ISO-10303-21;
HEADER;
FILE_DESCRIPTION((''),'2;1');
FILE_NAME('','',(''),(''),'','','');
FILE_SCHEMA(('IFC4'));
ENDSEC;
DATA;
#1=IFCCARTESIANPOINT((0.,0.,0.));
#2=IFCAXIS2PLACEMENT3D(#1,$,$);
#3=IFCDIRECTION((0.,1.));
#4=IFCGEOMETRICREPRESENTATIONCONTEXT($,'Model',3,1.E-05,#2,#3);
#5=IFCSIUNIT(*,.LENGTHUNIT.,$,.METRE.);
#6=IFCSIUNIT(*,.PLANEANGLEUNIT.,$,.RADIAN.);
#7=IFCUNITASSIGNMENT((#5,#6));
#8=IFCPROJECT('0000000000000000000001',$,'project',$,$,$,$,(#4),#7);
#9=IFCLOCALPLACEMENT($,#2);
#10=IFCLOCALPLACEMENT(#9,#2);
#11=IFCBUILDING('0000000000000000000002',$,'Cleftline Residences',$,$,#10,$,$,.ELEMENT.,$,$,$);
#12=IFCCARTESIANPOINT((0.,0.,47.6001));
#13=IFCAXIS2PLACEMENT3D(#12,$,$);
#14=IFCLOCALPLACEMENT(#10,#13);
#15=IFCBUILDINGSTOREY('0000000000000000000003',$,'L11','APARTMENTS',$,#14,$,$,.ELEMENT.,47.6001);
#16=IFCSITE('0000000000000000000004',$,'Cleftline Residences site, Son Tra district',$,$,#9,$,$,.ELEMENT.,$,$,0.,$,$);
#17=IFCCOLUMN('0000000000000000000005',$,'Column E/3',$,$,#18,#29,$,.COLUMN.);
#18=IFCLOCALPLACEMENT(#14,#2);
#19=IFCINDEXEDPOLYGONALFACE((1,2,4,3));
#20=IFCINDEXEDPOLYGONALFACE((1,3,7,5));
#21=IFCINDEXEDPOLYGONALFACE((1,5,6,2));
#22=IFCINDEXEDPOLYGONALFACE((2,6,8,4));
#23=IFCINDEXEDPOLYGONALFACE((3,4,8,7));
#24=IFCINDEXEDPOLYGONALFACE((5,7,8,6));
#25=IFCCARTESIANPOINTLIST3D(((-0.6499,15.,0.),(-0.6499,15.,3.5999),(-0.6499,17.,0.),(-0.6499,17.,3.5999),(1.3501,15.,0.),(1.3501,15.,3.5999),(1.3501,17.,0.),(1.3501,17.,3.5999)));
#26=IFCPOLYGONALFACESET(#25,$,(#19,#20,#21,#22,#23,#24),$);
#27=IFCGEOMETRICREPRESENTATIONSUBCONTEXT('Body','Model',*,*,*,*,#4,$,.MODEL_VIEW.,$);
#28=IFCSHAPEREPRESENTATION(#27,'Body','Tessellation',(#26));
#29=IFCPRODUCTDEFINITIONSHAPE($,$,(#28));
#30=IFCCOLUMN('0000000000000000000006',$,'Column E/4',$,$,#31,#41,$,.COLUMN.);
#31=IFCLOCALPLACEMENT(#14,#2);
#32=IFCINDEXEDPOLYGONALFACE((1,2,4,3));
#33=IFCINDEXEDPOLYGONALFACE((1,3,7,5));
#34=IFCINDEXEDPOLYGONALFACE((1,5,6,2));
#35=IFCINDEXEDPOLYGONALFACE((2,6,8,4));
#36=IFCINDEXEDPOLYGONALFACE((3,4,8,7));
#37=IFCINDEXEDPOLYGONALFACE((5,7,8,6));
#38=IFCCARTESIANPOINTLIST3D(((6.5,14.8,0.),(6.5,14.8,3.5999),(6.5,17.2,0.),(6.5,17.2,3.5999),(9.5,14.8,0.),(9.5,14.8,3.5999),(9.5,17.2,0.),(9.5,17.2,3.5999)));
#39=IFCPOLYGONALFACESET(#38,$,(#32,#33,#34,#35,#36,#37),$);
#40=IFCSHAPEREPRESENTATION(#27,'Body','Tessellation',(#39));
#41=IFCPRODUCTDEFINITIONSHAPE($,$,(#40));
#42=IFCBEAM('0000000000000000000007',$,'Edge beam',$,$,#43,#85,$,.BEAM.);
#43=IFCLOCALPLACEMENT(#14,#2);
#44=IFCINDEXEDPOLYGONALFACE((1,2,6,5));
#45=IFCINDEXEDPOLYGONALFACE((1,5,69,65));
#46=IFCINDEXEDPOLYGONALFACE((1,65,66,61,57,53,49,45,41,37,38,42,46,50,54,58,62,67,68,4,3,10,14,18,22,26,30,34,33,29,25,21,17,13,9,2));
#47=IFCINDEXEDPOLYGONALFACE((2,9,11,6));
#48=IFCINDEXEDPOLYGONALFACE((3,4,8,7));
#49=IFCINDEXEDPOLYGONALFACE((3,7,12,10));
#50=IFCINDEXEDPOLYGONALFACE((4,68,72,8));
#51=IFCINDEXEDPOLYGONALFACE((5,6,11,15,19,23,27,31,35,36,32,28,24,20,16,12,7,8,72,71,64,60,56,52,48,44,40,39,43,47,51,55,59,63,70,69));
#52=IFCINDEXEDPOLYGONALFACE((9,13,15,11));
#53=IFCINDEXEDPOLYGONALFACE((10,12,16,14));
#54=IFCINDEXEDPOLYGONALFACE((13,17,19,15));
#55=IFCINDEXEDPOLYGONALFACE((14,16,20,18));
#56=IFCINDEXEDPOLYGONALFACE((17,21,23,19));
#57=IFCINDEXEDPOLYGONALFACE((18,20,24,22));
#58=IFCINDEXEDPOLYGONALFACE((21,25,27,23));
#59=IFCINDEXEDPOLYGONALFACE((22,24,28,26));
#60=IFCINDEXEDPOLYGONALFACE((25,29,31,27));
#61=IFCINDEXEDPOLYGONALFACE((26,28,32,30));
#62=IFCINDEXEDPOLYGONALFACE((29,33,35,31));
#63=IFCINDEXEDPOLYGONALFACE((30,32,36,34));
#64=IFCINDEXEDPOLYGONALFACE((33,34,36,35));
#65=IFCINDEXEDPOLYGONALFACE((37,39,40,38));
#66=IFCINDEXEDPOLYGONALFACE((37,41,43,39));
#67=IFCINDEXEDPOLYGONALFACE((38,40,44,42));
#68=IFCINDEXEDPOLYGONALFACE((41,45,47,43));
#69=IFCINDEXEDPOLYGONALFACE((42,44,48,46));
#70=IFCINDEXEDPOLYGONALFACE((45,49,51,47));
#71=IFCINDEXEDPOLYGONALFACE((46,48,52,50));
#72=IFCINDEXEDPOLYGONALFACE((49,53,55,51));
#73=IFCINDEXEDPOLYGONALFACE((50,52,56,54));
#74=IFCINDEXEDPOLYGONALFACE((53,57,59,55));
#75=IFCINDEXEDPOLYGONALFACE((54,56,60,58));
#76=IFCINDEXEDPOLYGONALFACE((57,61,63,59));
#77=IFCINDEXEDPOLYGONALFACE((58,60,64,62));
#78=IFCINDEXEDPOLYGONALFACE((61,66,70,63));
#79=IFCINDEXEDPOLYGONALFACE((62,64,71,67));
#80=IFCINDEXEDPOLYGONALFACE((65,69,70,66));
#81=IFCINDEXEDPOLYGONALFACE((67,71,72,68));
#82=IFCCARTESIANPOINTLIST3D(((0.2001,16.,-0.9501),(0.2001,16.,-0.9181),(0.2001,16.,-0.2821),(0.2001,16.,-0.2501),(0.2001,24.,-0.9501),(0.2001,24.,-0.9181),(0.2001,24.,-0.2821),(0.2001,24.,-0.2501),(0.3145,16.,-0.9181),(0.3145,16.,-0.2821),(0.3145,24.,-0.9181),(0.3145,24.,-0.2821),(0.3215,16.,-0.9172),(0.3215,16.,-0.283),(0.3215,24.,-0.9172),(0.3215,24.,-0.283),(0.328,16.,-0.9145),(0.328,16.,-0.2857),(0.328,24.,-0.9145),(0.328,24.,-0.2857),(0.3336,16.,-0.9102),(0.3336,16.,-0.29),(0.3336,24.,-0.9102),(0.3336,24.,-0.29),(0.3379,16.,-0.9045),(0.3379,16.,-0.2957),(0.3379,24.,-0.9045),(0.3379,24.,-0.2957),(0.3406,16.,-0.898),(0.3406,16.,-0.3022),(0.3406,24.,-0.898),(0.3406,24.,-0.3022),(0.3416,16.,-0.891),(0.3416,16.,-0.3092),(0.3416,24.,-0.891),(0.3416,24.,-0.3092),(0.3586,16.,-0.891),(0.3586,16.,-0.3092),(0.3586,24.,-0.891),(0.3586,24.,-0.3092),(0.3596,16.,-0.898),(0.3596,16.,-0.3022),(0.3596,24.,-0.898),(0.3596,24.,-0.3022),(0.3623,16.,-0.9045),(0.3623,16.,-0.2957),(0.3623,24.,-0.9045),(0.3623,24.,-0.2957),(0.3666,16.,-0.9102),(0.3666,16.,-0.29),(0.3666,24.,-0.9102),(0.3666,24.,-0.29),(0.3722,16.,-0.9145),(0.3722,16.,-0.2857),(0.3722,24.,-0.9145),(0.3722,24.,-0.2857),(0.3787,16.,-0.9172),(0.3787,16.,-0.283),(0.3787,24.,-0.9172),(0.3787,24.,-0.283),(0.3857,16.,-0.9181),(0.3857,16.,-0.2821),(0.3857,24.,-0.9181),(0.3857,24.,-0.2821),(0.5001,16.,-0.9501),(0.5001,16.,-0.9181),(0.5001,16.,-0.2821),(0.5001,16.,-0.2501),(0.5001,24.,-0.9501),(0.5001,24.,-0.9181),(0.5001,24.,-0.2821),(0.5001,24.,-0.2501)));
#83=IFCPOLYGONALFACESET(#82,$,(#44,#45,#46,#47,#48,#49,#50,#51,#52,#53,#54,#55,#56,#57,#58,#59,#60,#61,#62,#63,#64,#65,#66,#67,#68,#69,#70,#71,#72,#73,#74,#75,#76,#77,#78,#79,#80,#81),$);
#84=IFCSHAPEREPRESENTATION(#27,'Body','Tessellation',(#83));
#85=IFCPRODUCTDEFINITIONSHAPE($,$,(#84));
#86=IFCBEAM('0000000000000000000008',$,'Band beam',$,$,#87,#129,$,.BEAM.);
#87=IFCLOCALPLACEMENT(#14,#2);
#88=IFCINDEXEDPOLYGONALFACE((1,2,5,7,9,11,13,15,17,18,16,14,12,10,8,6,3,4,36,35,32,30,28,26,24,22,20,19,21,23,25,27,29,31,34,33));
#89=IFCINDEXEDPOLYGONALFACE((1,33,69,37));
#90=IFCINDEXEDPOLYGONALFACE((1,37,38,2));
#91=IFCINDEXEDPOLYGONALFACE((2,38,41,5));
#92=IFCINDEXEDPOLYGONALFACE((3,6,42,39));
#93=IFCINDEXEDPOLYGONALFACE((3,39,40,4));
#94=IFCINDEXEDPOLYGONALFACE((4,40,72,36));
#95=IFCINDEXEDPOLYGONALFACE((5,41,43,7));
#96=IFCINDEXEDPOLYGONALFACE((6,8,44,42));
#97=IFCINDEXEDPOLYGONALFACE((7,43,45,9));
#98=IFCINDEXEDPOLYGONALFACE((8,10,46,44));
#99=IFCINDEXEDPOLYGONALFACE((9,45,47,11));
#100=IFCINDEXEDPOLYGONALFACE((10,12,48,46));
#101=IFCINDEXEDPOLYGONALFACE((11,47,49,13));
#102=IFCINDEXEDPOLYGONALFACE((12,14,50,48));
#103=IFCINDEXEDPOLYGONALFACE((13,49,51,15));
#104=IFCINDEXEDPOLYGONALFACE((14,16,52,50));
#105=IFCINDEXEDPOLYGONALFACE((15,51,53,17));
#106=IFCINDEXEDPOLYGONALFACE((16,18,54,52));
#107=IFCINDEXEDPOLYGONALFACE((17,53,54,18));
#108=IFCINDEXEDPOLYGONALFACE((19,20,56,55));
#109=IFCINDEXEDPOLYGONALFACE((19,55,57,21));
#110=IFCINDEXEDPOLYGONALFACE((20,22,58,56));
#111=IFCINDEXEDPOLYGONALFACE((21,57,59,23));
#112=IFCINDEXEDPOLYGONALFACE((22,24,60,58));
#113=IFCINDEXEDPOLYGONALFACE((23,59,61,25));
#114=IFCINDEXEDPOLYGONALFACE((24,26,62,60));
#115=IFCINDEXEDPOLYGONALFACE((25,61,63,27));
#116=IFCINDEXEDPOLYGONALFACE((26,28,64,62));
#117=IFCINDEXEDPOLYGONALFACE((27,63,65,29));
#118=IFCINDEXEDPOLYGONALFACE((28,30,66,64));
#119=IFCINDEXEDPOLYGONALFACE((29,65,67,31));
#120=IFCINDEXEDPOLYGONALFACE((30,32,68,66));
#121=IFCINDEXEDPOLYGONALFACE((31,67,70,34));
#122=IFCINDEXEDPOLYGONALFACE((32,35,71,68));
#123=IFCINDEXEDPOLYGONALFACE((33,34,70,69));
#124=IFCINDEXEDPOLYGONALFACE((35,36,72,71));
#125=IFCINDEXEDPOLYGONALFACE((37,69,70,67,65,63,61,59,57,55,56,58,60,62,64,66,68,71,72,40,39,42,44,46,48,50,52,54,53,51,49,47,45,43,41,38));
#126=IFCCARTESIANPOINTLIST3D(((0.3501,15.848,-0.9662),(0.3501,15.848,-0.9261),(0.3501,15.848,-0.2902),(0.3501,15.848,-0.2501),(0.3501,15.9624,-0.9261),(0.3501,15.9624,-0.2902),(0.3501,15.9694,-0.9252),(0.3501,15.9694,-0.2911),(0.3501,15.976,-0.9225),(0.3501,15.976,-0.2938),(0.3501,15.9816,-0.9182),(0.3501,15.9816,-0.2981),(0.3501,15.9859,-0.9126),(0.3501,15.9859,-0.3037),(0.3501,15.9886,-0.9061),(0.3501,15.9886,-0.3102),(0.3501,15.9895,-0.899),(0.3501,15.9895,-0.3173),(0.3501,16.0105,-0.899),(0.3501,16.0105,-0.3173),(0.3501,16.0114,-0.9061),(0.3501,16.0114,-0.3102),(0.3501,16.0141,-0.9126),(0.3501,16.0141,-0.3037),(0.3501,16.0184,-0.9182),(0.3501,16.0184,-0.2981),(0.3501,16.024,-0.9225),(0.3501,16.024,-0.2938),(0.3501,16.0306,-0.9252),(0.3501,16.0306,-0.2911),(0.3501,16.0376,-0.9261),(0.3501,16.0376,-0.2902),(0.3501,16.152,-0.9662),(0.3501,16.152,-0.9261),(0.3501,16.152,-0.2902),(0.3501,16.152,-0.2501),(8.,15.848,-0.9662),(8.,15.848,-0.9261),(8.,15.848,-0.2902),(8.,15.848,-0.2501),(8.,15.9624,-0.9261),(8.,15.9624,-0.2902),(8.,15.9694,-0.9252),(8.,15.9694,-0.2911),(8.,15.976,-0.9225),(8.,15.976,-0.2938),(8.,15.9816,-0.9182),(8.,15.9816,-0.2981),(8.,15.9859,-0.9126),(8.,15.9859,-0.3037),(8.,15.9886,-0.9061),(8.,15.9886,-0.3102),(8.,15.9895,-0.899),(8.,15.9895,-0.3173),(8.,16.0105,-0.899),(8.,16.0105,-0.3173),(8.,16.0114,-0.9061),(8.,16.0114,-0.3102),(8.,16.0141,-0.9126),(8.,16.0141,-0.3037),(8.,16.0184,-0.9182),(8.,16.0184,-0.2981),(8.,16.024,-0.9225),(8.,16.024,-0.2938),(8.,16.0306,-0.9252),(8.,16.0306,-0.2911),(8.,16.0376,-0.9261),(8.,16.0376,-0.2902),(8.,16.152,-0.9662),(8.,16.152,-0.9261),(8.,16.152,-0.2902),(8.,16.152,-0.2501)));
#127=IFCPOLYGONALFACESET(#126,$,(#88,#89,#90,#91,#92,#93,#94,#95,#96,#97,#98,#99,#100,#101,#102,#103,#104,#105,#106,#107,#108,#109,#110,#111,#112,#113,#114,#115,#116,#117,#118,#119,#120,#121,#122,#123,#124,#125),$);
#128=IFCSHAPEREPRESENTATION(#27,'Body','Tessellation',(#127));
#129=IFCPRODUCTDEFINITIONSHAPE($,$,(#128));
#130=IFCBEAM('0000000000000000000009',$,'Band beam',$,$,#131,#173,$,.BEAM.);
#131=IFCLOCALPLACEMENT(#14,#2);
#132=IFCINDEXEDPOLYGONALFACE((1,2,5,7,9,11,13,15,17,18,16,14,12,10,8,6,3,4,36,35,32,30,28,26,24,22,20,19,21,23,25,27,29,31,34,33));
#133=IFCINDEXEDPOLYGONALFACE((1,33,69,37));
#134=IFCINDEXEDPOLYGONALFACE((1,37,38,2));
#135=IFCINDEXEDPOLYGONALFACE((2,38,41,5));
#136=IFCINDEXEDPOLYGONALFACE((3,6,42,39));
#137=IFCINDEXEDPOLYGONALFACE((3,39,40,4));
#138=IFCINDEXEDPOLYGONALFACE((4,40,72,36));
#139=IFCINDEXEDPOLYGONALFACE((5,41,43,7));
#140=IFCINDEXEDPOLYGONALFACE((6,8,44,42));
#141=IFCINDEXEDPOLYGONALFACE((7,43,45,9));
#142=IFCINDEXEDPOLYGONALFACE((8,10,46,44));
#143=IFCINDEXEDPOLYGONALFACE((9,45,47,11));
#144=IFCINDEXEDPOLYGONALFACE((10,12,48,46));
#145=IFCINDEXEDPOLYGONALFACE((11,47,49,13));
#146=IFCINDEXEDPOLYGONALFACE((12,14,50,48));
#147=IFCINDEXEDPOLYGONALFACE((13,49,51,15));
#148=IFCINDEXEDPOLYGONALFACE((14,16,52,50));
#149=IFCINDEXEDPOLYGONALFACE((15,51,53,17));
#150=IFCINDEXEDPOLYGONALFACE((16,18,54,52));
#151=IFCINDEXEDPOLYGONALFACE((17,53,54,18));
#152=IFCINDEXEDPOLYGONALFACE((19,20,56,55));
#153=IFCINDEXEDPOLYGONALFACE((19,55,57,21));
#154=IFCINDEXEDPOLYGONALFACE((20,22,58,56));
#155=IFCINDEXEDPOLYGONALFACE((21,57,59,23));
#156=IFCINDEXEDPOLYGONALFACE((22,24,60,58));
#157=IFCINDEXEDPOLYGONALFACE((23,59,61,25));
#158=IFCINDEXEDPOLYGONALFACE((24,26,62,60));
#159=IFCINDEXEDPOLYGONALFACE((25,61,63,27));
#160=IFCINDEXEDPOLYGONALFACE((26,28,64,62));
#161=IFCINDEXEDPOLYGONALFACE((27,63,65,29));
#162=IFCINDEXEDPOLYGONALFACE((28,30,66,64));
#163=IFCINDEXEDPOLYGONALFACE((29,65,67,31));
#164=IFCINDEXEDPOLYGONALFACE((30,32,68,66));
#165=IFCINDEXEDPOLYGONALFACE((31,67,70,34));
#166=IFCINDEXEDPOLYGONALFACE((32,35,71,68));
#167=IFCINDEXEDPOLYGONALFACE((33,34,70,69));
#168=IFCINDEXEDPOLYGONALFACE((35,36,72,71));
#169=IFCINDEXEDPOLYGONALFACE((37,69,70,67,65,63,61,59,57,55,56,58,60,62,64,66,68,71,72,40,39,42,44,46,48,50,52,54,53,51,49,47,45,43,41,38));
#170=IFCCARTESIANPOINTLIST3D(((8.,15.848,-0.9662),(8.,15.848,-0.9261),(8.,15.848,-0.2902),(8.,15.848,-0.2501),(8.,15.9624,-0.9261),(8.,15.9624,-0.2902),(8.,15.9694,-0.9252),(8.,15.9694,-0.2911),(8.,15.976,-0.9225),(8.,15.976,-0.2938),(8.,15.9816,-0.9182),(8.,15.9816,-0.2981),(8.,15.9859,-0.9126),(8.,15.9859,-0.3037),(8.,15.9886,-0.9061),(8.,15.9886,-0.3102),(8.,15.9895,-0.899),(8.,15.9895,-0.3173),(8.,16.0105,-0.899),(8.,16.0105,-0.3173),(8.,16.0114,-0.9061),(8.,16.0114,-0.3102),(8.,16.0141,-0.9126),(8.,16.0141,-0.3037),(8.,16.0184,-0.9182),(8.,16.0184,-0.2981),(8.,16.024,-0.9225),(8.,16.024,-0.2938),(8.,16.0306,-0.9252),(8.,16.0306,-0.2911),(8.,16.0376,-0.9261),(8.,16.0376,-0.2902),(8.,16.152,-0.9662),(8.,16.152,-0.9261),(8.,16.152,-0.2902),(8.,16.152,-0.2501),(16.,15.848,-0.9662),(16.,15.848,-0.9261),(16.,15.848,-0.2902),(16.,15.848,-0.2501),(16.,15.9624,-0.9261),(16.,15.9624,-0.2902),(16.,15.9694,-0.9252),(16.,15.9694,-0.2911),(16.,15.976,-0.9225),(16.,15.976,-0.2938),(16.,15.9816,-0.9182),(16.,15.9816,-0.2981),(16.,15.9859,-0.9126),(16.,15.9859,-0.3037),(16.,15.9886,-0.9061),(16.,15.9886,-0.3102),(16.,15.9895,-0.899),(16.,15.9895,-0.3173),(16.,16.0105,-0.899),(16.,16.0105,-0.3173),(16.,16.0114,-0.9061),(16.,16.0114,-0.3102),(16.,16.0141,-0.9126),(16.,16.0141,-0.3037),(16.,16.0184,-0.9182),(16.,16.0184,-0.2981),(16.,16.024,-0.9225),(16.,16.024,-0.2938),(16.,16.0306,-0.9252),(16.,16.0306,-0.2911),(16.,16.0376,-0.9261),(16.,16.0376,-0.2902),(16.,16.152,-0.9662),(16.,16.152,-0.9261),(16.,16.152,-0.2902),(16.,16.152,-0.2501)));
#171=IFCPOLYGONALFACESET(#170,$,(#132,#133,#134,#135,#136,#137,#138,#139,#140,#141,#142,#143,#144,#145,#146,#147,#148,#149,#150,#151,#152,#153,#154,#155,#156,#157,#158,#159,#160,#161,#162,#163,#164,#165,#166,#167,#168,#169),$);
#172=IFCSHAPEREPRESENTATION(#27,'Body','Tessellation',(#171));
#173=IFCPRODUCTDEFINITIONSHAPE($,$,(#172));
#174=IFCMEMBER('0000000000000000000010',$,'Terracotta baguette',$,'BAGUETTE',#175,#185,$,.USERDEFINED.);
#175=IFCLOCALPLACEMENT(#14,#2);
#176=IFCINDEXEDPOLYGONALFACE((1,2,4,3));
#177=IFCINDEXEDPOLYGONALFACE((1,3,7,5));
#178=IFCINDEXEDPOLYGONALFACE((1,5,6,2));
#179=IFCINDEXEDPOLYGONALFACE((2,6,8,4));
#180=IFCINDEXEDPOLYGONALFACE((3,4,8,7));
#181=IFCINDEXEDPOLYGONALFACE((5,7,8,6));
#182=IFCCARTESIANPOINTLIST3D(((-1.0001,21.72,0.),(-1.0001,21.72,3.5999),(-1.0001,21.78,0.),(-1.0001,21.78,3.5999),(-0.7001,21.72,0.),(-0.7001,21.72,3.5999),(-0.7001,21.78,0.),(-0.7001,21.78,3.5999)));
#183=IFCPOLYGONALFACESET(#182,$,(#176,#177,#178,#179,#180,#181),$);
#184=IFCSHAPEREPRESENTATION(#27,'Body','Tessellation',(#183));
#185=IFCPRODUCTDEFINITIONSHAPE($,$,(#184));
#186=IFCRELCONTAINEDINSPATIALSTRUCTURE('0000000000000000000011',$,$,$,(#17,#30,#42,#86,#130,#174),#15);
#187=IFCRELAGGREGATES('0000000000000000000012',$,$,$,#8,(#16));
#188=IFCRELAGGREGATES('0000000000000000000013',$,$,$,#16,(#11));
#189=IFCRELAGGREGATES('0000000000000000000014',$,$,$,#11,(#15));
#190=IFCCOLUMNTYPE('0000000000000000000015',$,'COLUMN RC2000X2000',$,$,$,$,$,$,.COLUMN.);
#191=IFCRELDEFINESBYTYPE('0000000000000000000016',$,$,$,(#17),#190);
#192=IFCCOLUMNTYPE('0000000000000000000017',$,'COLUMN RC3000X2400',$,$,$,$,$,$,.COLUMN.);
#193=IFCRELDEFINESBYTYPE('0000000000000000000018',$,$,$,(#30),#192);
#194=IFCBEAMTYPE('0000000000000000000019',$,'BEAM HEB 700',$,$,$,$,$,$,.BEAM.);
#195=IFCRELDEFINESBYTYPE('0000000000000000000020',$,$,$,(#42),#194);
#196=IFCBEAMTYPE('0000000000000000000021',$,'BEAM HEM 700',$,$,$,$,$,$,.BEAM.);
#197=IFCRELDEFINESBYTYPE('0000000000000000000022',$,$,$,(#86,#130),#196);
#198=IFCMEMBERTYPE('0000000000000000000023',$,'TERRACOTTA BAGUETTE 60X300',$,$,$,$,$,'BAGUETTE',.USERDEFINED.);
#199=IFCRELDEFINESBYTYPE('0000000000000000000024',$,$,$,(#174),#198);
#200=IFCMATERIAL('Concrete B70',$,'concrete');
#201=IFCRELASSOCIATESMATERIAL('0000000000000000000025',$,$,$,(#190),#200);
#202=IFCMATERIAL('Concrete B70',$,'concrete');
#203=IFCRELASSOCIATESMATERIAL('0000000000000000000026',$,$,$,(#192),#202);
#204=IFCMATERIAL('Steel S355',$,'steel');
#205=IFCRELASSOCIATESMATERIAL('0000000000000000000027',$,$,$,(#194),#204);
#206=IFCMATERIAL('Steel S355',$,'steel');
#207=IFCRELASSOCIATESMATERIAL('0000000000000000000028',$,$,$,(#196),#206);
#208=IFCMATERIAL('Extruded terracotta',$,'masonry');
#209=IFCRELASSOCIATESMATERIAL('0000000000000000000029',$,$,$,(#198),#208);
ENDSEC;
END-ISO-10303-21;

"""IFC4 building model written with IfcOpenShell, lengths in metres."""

from ifc_helpers import new_model, si_unit, direction, frame, origin, origin_2d, place, context, subcontext, project, spatial, rectangle, i_section, extrude, material, material_profile, profile_set, type_object, element, save


model = new_model("IFC4")

# Units and contexts
model_context = context("Model", 3, precision=1e-05, world=origin(), true_north=direction((0.0, 1.0)))
body_context = subcontext(model_context, "Body", "Model", "MODEL_VIEW")
ifc_project = project(units=[si_unit("LENGTHUNIT", "METRE"), si_unit("PLANEANGLEUNIT", "RADIAN")], contexts=[model_context])

# Site, building, storey
site_placement = place(None, origin())
site = spatial("IfcSite", under=ifc_project, at=site_placement, Name="Cleftline Residences site, Son Tra district", CompositionType="ELEMENT", RefElevation=0.0)
building_placement = place(site_placement, origin())
building = spatial("IfcBuilding", under=site, at=building_placement, Name="Cleftline Residences", CompositionType="ELEMENT")
storey_placement = place(building_placement, frame((0.0, 0.0, 47.6001)))
storey = spatial("IfcBuildingStorey", under=building, at=storey_placement, Name="L11", Description="APARTMENTS", CompositionType="ELEMENT", Elevation=47.6001)

# Columns
ifc_material_1 = material(Name="Concrete B70", Category="concrete")
ifc_material_profile_1 = material_profile(ifc_material_1, rectangle(XDim=2.0, YDim=2.0, at=origin_2d()))
ifc_profile_set_1 = profile_set([ifc_material_profile_1], Name="Concrete B70")
column_type_1 = type_object("IfcColumnType", Name="COLUMN RC2000X2000", PredefinedType="COLUMN", material=ifc_profile_set_1)
column_1_placement = place(storey_placement, frame((0.3501, 16.0, 0.0), z_axis=(0.0, 0.0, 1.0), x_axis=(1.0, 0.0, 0.0)))
element("IfcColumn", 1, at=column_1_placement, inside=storey, type_object=column_type_1, Name="Column E/3", PredefinedType="COLUMN", context=body_context, shape_type="SweptSolid", body=[
    extrude(rectangle(XDim=2.0, YDim=2.0, at=origin_2d()), origin(), (0.0, 0.0, 1.0), 3.5999),
])
ifc_material_2 = material(Name="Concrete B70", Category="concrete")
ifc_material_profile_2 = material_profile(ifc_material_2, rectangle(XDim=3.0, YDim=2.3999, at=origin_2d()))
ifc_profile_set_2 = profile_set([ifc_material_profile_2], Name="Concrete B70")
column_type_2 = type_object("IfcColumnType", Name="COLUMN RC3000X2400", PredefinedType="COLUMN", material=ifc_profile_set_2)
column_2_placement = place(storey_placement, frame((8.0, 16.0, 0.0), z_axis=(0.0, 0.0, 1.0), x_axis=(1.0, 0.0, 0.0)))
element("IfcColumn", 2, at=column_2_placement, inside=storey, type_object=column_type_2, Name="Column E/4", PredefinedType="COLUMN", context=body_context, shape_type="SweptSolid", body=[
    extrude(rectangle(XDim=3.0, YDim=2.3999, at=origin_2d()), origin(), (0.0, 0.0, 1.0), 3.5999),
])

# Beams
ifc_material_3 = material(Name="Steel S355", Category="steel")
ifc_material_profile_3 = material_profile(ifc_material_3, i_section(OverallWidth=0.3, OverallDepth=0.7, WebThickness=0.0171, FlangeThickness=0.032, FilletRadius=0.0271, at=origin_2d()))
ifc_profile_set_3 = profile_set([ifc_material_profile_3], Name="Steel S355")
beam_type_1 = type_object("IfcBeamType", Name="BEAM HEB 700", PredefinedType="BEAM", material=ifc_profile_set_3)
beam_1_placement = place(storey_placement, frame((0.3501, 16.0, -0.6001), z_axis=(0.0, 1.0, 0.0), x_axis=(-1.0, 0.0, 0.0)))
element("IfcBeam", 3, at=beam_1_placement, inside=storey, type_object=beam_type_1, Name="Edge beam", PredefinedType="BEAM", context=body_context, shape_type="SweptSolid", body=[
    extrude(i_section(OverallWidth=0.3, OverallDepth=0.7, WebThickness=0.0171, FlangeThickness=0.032, FilletRadius=0.0271, at=origin_2d()), origin(), (0.0, 0.0, 1.0), 8.0),
])
ifc_material_4 = material(Name="Steel S355", Category="steel")
ifc_material_profile_4 = material_profile(ifc_material_4, i_section(OverallWidth=0.304, OverallDepth=0.7161, WebThickness=0.021, FlangeThickness=0.04, FilletRadius=0.0271, at=origin_2d()))
ifc_profile_set_4 = profile_set([ifc_material_profile_4], Name="Steel S355")
beam_type_2 = type_object("IfcBeamType", Name="BEAM HEM 700", PredefinedType="BEAM", material=ifc_profile_set_4)
beam_2_placement = place(storey_placement, frame((0.3501, 16.0, -0.6082), z_axis=(1.0, 0.0, 0.0), x_axis=(0.0, 1.0, 0.0)))
element("IfcBeam", 4, at=beam_2_placement, inside=storey, type_object=beam_type_2, Name="Band beam", PredefinedType="BEAM", context=body_context, shape_type="SweptSolid", body=[
    extrude(i_section(OverallWidth=0.304, OverallDepth=0.7161, WebThickness=0.021, FlangeThickness=0.04, FilletRadius=0.0271, at=origin_2d()), origin(), (0.0, 0.0, 1.0), 7.6499),
])
beam_3_placement = place(storey_placement, frame((8.0, 16.0, -0.6082), z_axis=(1.0, 0.0, 0.0), x_axis=(0.0, 1.0, 0.0)))
element("IfcBeam", 5, at=beam_3_placement, inside=storey, type_object=beam_type_2, Name="Band beam", PredefinedType="BEAM", context=body_context, shape_type="SweptSolid", body=[
    extrude(i_section(OverallWidth=0.304, OverallDepth=0.7161, WebThickness=0.021, FlangeThickness=0.04, FilletRadius=0.0271, at=origin_2d()), origin(), (0.0, 0.0, 1.0), 8.0),
])

# Member
ifc_material_5 = material(Name="Extruded terracotta", Category="masonry")
ifc_material_profile_5 = material_profile(ifc_material_5, rectangle(XDim=0.0601, YDim=0.3, at=origin_2d()))
ifc_profile_set_5 = profile_set([ifc_material_profile_5], Name="Extruded terracotta")
member_type = type_object("IfcMemberType", Name="TERRACOTTA BAGUETTE 60X300", ElementType="BAGUETTE", PredefinedType="USERDEFINED", material=ifc_profile_set_5)
for number, where, z_axis, x_axis, name in (
    (6, (-0.8501, 21.75, 0.0), (0.0, 0.0, 1.0), (0.0, 1.0, 0.0), "Terracotta baguette"),
):
    element("IfcMember", number, at=place(storey_placement, frame(where, z_axis=z_axis, x_axis=x_axis)), inside=storey, type_object=member_type, Name=name, ObjectType="BAGUETTE", PredefinedType="USERDEFINED", context=body_context, shape_type="SweptSolid", body=[
        extrude(rectangle(XDim=0.0601, YDim=0.3, at=origin_2d()), origin(), (0.0, 0.0, 1.0), 3.5999),
    ])

save(model, "model.ifc")
